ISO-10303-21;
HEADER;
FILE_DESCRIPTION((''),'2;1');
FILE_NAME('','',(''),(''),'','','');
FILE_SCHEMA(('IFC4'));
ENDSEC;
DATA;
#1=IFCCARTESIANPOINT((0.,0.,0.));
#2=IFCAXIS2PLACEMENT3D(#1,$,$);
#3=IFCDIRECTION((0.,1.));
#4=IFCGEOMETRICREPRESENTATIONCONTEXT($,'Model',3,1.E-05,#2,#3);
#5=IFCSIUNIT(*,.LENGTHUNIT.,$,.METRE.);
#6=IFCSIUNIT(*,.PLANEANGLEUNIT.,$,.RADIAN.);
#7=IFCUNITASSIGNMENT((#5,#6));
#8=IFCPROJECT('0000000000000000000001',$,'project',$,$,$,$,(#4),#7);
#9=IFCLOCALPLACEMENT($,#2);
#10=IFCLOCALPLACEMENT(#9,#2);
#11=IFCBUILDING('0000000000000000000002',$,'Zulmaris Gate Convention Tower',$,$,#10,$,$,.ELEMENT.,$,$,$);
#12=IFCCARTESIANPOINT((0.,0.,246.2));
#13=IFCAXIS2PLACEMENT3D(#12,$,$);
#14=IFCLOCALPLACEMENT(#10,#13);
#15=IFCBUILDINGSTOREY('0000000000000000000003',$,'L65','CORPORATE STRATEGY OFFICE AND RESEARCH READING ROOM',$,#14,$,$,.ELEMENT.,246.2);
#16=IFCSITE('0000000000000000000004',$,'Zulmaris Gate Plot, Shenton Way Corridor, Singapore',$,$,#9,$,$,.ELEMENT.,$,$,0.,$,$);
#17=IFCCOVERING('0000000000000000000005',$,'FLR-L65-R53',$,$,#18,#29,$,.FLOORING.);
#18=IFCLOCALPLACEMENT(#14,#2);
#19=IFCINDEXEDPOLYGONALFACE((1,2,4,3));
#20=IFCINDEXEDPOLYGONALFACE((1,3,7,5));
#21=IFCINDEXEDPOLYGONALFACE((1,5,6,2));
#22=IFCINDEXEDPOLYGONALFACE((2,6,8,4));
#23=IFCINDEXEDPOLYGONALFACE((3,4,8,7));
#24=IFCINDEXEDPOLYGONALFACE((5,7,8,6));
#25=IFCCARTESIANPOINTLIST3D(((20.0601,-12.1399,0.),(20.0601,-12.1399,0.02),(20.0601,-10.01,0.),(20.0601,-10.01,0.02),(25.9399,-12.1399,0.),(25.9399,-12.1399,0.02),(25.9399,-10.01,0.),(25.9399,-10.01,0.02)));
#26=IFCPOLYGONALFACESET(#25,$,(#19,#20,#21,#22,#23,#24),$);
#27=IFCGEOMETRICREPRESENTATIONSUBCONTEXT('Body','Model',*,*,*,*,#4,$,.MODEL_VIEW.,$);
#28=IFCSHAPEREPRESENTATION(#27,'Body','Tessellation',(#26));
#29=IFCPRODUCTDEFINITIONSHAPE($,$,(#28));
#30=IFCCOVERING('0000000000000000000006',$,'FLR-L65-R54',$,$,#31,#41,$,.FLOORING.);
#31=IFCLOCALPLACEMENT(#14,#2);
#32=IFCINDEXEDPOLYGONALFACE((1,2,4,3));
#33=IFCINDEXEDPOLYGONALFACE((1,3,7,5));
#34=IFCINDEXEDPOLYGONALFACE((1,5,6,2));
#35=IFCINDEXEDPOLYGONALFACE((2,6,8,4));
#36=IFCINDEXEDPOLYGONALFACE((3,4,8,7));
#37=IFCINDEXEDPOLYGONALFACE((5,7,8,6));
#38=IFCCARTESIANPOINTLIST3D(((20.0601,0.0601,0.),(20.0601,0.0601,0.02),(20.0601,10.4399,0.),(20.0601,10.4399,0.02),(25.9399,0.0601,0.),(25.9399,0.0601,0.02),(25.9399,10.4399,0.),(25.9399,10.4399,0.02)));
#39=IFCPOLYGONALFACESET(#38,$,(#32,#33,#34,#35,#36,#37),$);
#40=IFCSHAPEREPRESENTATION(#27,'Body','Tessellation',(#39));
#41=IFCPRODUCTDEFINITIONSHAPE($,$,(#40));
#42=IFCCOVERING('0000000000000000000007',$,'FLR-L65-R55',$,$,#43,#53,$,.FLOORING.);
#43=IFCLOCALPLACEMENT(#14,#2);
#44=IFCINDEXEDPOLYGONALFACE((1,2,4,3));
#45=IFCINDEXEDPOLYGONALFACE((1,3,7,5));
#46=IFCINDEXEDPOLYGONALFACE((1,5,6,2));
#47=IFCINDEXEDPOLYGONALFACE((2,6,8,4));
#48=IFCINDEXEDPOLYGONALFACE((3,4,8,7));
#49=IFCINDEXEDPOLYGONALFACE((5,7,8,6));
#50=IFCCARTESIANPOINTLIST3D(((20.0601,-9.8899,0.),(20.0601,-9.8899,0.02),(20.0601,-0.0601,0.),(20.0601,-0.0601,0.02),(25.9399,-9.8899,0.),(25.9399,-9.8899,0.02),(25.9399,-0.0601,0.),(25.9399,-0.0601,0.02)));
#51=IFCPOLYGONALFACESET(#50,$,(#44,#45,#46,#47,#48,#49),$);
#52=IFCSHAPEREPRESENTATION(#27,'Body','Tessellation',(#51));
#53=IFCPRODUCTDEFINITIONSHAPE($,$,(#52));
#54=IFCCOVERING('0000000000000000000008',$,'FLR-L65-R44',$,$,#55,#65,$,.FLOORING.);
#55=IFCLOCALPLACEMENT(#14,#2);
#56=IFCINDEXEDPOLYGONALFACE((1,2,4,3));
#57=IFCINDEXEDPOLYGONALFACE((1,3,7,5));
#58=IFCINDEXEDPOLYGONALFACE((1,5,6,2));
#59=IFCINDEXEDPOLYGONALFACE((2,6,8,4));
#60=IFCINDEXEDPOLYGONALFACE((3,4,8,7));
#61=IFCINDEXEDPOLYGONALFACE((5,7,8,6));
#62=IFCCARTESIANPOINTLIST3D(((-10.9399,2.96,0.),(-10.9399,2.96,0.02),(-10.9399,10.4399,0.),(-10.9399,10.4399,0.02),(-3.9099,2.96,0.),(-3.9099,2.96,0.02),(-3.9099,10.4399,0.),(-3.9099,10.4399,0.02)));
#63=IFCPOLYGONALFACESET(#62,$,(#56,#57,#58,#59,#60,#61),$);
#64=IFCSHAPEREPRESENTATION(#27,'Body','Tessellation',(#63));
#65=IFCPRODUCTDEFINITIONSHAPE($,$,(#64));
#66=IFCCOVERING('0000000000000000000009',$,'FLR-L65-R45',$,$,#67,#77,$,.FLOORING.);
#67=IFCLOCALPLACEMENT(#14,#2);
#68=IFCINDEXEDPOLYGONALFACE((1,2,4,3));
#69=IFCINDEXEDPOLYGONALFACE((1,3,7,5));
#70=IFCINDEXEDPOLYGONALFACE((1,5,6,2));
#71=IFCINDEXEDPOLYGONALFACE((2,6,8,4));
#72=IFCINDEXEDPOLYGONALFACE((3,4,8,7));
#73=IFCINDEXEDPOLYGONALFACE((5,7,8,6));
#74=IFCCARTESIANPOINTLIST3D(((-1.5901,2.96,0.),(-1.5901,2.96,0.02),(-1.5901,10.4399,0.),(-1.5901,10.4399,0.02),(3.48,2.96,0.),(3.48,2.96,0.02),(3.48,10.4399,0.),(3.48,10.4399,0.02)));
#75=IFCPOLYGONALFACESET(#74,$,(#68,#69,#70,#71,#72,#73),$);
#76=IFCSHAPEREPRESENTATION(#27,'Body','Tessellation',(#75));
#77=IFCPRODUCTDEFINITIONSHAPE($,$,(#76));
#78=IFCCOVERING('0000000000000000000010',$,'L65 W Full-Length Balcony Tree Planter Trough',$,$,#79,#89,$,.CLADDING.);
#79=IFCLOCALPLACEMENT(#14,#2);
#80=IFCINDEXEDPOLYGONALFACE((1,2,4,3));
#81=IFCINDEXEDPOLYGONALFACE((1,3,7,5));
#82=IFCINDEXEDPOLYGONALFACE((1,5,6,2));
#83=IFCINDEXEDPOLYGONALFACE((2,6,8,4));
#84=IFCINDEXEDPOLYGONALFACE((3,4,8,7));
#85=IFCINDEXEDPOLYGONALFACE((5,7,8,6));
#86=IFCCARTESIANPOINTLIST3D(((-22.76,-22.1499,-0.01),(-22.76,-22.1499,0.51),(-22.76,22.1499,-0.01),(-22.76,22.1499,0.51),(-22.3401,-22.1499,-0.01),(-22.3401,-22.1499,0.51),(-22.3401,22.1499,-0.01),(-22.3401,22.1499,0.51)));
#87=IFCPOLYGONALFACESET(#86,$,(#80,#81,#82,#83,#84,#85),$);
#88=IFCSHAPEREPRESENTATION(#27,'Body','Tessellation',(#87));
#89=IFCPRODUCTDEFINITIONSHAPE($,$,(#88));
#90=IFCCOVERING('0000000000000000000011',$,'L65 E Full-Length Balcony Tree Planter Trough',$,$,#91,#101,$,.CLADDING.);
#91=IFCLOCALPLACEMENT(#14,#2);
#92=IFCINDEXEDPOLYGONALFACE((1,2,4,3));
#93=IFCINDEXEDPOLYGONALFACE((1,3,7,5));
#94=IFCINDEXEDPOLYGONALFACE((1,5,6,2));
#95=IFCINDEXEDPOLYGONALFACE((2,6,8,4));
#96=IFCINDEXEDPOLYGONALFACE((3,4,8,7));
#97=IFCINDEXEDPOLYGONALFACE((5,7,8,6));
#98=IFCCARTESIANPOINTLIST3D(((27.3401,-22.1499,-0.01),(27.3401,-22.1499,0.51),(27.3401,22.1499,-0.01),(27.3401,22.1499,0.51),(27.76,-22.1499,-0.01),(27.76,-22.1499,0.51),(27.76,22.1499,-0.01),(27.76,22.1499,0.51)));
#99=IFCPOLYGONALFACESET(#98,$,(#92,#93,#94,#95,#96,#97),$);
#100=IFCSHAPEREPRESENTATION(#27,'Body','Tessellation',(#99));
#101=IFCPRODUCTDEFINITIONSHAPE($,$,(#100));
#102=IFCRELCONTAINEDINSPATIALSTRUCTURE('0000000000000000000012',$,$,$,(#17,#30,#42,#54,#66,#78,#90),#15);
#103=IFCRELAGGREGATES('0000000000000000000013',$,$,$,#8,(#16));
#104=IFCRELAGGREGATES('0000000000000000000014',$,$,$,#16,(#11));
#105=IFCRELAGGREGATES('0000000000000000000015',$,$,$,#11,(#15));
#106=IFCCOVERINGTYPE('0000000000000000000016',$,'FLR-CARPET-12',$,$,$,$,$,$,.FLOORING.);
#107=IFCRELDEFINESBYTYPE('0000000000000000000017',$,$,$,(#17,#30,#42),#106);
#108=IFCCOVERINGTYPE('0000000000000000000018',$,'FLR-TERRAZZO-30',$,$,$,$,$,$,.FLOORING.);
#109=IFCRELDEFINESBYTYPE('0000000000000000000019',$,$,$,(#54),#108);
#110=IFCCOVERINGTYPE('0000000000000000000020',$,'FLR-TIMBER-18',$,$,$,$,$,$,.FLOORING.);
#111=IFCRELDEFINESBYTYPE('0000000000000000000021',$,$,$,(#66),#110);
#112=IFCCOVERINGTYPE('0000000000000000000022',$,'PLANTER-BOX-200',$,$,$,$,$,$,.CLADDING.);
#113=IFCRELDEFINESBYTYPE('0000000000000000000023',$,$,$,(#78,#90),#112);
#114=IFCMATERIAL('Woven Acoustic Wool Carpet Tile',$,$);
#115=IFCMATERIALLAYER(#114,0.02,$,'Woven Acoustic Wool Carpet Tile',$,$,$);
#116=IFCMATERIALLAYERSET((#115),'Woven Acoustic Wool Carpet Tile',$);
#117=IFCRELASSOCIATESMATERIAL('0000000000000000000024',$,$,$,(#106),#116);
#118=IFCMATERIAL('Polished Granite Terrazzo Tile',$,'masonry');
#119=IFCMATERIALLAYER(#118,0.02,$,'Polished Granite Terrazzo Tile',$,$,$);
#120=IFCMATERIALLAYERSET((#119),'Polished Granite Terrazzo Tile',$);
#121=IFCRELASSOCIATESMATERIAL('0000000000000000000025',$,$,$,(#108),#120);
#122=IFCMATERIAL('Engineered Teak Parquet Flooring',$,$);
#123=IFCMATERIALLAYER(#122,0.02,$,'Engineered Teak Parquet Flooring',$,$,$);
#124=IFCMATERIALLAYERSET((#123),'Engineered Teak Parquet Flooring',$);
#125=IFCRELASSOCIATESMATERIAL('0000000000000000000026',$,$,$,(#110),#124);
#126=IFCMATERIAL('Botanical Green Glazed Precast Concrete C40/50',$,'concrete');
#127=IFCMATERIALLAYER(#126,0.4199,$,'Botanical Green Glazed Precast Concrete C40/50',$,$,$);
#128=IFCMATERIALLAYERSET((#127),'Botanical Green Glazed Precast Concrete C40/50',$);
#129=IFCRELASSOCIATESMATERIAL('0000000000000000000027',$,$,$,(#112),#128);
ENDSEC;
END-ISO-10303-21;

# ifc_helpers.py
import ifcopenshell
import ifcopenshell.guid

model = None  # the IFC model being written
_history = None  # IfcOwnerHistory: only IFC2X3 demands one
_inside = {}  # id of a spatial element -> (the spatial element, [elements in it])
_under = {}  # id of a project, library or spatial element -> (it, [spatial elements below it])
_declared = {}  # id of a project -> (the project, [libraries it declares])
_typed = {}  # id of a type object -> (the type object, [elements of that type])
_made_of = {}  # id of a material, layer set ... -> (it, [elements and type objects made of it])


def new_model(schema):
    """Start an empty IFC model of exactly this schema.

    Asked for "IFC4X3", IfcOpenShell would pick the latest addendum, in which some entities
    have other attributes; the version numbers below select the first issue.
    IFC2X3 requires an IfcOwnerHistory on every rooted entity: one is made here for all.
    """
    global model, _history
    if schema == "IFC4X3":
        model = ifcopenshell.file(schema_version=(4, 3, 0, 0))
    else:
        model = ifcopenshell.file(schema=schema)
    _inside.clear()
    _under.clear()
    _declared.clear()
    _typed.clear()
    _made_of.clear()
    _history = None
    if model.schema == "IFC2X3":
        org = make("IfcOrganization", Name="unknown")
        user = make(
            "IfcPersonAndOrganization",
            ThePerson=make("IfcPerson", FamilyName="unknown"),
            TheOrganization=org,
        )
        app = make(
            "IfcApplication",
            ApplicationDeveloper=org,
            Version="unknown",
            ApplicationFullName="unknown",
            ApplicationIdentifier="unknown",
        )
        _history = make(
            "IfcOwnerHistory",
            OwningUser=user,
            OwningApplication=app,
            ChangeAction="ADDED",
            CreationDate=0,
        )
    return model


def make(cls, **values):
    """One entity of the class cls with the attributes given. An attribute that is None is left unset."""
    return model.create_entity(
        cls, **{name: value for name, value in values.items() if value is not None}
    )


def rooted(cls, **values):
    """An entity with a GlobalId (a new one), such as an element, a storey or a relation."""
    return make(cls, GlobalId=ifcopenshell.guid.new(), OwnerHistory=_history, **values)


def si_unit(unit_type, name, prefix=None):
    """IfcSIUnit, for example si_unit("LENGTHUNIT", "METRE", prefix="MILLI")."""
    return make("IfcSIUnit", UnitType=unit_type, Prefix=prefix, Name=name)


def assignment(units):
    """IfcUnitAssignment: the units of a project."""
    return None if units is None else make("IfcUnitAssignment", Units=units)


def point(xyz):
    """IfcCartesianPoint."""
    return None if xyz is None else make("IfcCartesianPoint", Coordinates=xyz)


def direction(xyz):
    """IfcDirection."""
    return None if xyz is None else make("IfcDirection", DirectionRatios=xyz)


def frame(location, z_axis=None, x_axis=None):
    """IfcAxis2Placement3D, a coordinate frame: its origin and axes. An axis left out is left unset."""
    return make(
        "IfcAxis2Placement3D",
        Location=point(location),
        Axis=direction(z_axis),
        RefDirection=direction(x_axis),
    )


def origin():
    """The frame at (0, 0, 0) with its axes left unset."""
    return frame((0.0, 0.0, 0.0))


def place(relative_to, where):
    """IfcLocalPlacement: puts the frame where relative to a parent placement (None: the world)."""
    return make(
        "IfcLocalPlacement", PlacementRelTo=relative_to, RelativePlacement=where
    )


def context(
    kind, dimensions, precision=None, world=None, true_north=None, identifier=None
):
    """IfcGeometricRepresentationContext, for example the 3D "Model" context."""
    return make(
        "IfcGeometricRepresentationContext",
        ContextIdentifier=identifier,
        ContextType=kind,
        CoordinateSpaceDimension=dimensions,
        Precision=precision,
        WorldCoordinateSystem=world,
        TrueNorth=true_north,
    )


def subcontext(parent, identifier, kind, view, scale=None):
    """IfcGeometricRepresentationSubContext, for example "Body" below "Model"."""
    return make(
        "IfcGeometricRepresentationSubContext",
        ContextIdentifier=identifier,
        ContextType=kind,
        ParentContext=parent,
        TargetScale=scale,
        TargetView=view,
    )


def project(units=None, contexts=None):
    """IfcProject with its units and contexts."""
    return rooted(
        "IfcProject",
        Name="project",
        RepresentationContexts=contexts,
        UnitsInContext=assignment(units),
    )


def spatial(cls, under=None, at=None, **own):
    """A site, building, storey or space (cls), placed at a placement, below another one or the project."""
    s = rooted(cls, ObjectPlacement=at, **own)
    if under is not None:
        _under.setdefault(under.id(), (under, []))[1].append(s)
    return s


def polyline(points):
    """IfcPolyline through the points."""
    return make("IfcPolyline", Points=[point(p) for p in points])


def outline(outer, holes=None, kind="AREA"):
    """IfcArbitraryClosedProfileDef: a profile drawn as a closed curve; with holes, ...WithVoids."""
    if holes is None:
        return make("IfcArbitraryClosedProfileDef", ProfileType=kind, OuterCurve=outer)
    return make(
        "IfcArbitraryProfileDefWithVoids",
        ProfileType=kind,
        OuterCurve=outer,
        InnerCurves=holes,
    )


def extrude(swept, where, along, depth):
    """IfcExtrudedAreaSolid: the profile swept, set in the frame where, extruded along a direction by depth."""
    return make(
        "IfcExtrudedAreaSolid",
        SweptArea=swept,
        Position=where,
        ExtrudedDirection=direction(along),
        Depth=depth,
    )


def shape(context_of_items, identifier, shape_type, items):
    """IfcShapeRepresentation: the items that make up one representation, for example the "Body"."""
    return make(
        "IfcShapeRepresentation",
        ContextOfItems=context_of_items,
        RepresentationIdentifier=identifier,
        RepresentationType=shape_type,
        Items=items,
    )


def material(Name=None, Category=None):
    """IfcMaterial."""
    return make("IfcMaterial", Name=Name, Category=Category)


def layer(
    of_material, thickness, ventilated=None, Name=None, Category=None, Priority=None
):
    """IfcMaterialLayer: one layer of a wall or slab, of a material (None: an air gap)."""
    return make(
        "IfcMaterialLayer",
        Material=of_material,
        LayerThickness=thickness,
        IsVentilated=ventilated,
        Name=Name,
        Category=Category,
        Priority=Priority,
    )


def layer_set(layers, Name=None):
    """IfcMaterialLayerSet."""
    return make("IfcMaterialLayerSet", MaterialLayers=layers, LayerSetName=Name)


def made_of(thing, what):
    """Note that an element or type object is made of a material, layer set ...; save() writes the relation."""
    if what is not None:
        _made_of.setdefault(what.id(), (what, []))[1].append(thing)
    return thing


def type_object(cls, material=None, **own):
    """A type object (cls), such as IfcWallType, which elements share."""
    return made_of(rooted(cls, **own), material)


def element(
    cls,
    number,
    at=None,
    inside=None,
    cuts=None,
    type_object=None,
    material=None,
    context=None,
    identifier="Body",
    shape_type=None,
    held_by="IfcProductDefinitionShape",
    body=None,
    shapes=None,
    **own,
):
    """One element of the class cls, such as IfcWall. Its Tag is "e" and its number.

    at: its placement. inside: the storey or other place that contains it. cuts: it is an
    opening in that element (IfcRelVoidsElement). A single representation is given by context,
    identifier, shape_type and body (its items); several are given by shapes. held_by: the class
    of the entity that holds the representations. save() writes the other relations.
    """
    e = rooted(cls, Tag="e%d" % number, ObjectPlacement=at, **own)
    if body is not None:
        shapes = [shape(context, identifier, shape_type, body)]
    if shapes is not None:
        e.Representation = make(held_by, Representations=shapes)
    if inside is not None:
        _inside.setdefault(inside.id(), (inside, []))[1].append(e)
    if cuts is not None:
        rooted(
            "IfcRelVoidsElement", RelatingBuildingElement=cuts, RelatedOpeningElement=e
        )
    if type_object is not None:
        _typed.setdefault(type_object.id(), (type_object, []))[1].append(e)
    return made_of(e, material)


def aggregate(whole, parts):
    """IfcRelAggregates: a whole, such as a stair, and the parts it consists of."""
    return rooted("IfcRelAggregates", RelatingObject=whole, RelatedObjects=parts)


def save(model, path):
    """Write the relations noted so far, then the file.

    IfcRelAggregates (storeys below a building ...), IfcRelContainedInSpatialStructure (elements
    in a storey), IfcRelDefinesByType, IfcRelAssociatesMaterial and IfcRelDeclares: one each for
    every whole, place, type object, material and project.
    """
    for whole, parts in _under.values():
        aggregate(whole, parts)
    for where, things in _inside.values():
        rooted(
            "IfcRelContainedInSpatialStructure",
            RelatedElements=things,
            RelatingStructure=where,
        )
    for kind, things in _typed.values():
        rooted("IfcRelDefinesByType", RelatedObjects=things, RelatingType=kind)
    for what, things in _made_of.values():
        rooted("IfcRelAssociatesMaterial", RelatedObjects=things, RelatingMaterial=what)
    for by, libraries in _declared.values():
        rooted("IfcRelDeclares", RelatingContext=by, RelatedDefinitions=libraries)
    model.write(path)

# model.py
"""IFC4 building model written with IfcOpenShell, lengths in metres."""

from ifc_helpers import new_model, si_unit, direction, frame, origin, place, context, subcontext, project, spatial, polyline, outline, extrude, material, layer, layer_set, type_object, element, save


model = new_model("IFC4")

# Units and contexts
model_context = context("Model", 3, precision=1e-05, world=origin(), true_north=direction((0.0, 1.0)))
body_context = subcontext(model_context, "Body", "Model", "MODEL_VIEW")
ifc_project = project(units=[si_unit("LENGTHUNIT", "METRE"), si_unit("PLANEANGLEUNIT", "RADIAN")], contexts=[model_context])

# Site, building, storey
site_placement = place(None, origin())
site = spatial("IfcSite", under=ifc_project, at=site_placement, Name="Zulmaris Gate Plot, Shenton Way Corridor, Singapore", CompositionType="ELEMENT", RefElevation=0.0)
building_placement = place(site_placement, origin())
building = spatial("IfcBuilding", under=site, at=building_placement, Name="Zulmaris Gate Convention Tower", CompositionType="ELEMENT")
storey_placement = place(building_placement, frame((0.0, 0.0, 246.2)))
storey = spatial("IfcBuildingStorey", under=building, at=storey_placement, Name="L65", Description="CORPORATE STRATEGY OFFICE AND RESEARCH READING ROOM", CompositionType="ELEMENT", Elevation=246.2)

# Coverings
ifc_material_1 = material(Name="Woven Acoustic Wool Carpet Tile")
ifc_layer_1 = layer(ifc_material_1, 0.02, Name="Woven Acoustic Wool Carpet Tile")
ifc_layer_set_1 = layer_set([ifc_layer_1], Name="Woven Acoustic Wool Carpet Tile")
covering_type_1 = type_object("IfcCoveringType", Name="FLR-CARPET-12", PredefinedType="FLOORING", material=ifc_layer_set_1)
covering_1_placement = place(storey_placement, origin())
element("IfcCovering", 1, at=covering_1_placement, inside=storey, type_object=covering_type_1, Name="FLR-L65-R53", PredefinedType="FLOORING", context=body_context, shape_type="SweptSolid", body=[
    extrude(outline(polyline([(20.0601, -12.1399), (25.9399, -12.1399), (25.9399, -10.01), (20.0601, -10.01), (20.0601, -12.1399)])), origin(), (0.0, 0.0, 1.0), 0.02),
])
covering_2_placement = place(storey_placement, origin())
element("IfcCovering", 2, at=covering_2_placement, inside=storey, type_object=covering_type_1, Name="FLR-L65-R54", PredefinedType="FLOORING", context=body_context, shape_type="SweptSolid", body=[
    extrude(outline(polyline([(20.0601, 0.0601), (25.9399, 0.0601), (25.9399, 10.4399), (20.0601, 10.4399), (20.0601, 0.0601)])), origin(), (0.0, 0.0, 1.0), 0.02),
])
covering_3_placement = place(storey_placement, origin())
element("IfcCovering", 3, at=covering_3_placement, inside=storey, type_object=covering_type_1, Name="FLR-L65-R55", PredefinedType="FLOORING", context=body_context, shape_type="SweptSolid", body=[
    extrude(outline(polyline([(20.0601, -9.8899), (25.9399, -9.8899), (25.9399, -0.0601), (20.0601, -0.0601), (20.0601, -9.8899)])), origin(), (0.0, 0.0, 1.0), 0.02),
])
ifc_material_2 = material(Name="Polished Granite Terrazzo Tile", Category="masonry")
ifc_layer_2 = layer(ifc_material_2, 0.02, Name="Polished Granite Terrazzo Tile")
ifc_layer_set_2 = layer_set([ifc_layer_2], Name="Polished Granite Terrazzo Tile")
covering_type_2 = type_object("IfcCoveringType", Name="FLR-TERRAZZO-30", PredefinedType="FLOORING", material=ifc_layer_set_2)
covering_4_placement = place(storey_placement, origin())
element("IfcCovering", 4, at=covering_4_placement, inside=storey, type_object=covering_type_2, Name="FLR-L65-R44", PredefinedType="FLOORING", context=body_context, shape_type="SweptSolid", body=[
    extrude(outline(polyline([(-10.9399, 2.96), (-3.9099, 2.96), (-3.9099, 10.4399), (-10.9399, 10.4399), (-10.9399, 2.96)])), origin(), (0.0, 0.0, 1.0), 0.02),
])
ifc_material_3 = material(Name="Engineered Teak Parquet Flooring")
ifc_layer_3 = layer(ifc_material_3, 0.02, Name="Engineered Teak Parquet Flooring")
ifc_layer_set_3 = layer_set([ifc_layer_3], Name="Engineered Teak Parquet Flooring")
covering_type_3 = type_object("IfcCoveringType", Name="FLR-TIMBER-18", PredefinedType="FLOORING", material=ifc_layer_set_3)
covering_5_placement = place(storey_placement, origin())
element("IfcCovering", 5, at=covering_5_placement, inside=storey, type_object=covering_type_3, Name="FLR-L65-R45", PredefinedType="FLOORING", context=body_context, shape_type="SweptSolid", body=[
    extrude(outline(polyline([(-1.5901, 2.96), (3.48, 2.96), (3.48, 10.4399), (-1.5901, 10.4399), (-1.5901, 2.96)])), origin(), (0.0, 0.0, 1.0), 0.02),
])
ifc_material_4 = material(Name="Botanical Green Glazed Precast Concrete C40/50", Category="concrete")
ifc_layer_4 = layer(ifc_material_4, 0.4199, Name="Botanical Green Glazed Precast Concrete C40/50")
ifc_layer_set_4 = layer_set([ifc_layer_4], Name="Botanical Green Glazed Precast Concrete C40/50")
covering_type_4 = type_object("IfcCoveringType", Name="PLANTER-BOX-200", PredefinedType="CLADDING", material=ifc_layer_set_4)
covering_6_placement = place(storey_placement, frame((0.0, 0.0, -0.01)))
element("IfcCovering", 6, at=covering_6_placement, inside=storey, type_object=covering_type_4, Name="L65 W Full-Length Balcony Tree Planter Trough", PredefinedType="CLADDING", context=body_context, shape_type="SweptSolid", body=[
    extrude(outline(polyline([(-22.76, -22.1499), (-22.3401, -22.1499), (-22.3401, 22.1499), (-22.76, 22.1499), (-22.76, -22.1499)])), origin(), (0.0, 0.0, 1.0), 0.52),
])
covering_7_placement = place(storey_placement, frame((0.0, 0.0, -0.01)))
element("IfcCovering", 7, at=covering_7_placement, inside=storey, type_object=covering_type_4, Name="L65 E Full-Length Balcony Tree Planter Trough", PredefinedType="CLADDING", context=body_context, shape_type="SweptSolid", body=[
    extrude(outline(polyline([(27.3401, -22.1499), (27.76, -22.1499), (27.76, 22.1499), (27.3401, 22.1499), (27.3401, -22.1499)])), origin(), (0.0, 0.0, 1.0), 0.52),
])

save(model, "model.ifc")
